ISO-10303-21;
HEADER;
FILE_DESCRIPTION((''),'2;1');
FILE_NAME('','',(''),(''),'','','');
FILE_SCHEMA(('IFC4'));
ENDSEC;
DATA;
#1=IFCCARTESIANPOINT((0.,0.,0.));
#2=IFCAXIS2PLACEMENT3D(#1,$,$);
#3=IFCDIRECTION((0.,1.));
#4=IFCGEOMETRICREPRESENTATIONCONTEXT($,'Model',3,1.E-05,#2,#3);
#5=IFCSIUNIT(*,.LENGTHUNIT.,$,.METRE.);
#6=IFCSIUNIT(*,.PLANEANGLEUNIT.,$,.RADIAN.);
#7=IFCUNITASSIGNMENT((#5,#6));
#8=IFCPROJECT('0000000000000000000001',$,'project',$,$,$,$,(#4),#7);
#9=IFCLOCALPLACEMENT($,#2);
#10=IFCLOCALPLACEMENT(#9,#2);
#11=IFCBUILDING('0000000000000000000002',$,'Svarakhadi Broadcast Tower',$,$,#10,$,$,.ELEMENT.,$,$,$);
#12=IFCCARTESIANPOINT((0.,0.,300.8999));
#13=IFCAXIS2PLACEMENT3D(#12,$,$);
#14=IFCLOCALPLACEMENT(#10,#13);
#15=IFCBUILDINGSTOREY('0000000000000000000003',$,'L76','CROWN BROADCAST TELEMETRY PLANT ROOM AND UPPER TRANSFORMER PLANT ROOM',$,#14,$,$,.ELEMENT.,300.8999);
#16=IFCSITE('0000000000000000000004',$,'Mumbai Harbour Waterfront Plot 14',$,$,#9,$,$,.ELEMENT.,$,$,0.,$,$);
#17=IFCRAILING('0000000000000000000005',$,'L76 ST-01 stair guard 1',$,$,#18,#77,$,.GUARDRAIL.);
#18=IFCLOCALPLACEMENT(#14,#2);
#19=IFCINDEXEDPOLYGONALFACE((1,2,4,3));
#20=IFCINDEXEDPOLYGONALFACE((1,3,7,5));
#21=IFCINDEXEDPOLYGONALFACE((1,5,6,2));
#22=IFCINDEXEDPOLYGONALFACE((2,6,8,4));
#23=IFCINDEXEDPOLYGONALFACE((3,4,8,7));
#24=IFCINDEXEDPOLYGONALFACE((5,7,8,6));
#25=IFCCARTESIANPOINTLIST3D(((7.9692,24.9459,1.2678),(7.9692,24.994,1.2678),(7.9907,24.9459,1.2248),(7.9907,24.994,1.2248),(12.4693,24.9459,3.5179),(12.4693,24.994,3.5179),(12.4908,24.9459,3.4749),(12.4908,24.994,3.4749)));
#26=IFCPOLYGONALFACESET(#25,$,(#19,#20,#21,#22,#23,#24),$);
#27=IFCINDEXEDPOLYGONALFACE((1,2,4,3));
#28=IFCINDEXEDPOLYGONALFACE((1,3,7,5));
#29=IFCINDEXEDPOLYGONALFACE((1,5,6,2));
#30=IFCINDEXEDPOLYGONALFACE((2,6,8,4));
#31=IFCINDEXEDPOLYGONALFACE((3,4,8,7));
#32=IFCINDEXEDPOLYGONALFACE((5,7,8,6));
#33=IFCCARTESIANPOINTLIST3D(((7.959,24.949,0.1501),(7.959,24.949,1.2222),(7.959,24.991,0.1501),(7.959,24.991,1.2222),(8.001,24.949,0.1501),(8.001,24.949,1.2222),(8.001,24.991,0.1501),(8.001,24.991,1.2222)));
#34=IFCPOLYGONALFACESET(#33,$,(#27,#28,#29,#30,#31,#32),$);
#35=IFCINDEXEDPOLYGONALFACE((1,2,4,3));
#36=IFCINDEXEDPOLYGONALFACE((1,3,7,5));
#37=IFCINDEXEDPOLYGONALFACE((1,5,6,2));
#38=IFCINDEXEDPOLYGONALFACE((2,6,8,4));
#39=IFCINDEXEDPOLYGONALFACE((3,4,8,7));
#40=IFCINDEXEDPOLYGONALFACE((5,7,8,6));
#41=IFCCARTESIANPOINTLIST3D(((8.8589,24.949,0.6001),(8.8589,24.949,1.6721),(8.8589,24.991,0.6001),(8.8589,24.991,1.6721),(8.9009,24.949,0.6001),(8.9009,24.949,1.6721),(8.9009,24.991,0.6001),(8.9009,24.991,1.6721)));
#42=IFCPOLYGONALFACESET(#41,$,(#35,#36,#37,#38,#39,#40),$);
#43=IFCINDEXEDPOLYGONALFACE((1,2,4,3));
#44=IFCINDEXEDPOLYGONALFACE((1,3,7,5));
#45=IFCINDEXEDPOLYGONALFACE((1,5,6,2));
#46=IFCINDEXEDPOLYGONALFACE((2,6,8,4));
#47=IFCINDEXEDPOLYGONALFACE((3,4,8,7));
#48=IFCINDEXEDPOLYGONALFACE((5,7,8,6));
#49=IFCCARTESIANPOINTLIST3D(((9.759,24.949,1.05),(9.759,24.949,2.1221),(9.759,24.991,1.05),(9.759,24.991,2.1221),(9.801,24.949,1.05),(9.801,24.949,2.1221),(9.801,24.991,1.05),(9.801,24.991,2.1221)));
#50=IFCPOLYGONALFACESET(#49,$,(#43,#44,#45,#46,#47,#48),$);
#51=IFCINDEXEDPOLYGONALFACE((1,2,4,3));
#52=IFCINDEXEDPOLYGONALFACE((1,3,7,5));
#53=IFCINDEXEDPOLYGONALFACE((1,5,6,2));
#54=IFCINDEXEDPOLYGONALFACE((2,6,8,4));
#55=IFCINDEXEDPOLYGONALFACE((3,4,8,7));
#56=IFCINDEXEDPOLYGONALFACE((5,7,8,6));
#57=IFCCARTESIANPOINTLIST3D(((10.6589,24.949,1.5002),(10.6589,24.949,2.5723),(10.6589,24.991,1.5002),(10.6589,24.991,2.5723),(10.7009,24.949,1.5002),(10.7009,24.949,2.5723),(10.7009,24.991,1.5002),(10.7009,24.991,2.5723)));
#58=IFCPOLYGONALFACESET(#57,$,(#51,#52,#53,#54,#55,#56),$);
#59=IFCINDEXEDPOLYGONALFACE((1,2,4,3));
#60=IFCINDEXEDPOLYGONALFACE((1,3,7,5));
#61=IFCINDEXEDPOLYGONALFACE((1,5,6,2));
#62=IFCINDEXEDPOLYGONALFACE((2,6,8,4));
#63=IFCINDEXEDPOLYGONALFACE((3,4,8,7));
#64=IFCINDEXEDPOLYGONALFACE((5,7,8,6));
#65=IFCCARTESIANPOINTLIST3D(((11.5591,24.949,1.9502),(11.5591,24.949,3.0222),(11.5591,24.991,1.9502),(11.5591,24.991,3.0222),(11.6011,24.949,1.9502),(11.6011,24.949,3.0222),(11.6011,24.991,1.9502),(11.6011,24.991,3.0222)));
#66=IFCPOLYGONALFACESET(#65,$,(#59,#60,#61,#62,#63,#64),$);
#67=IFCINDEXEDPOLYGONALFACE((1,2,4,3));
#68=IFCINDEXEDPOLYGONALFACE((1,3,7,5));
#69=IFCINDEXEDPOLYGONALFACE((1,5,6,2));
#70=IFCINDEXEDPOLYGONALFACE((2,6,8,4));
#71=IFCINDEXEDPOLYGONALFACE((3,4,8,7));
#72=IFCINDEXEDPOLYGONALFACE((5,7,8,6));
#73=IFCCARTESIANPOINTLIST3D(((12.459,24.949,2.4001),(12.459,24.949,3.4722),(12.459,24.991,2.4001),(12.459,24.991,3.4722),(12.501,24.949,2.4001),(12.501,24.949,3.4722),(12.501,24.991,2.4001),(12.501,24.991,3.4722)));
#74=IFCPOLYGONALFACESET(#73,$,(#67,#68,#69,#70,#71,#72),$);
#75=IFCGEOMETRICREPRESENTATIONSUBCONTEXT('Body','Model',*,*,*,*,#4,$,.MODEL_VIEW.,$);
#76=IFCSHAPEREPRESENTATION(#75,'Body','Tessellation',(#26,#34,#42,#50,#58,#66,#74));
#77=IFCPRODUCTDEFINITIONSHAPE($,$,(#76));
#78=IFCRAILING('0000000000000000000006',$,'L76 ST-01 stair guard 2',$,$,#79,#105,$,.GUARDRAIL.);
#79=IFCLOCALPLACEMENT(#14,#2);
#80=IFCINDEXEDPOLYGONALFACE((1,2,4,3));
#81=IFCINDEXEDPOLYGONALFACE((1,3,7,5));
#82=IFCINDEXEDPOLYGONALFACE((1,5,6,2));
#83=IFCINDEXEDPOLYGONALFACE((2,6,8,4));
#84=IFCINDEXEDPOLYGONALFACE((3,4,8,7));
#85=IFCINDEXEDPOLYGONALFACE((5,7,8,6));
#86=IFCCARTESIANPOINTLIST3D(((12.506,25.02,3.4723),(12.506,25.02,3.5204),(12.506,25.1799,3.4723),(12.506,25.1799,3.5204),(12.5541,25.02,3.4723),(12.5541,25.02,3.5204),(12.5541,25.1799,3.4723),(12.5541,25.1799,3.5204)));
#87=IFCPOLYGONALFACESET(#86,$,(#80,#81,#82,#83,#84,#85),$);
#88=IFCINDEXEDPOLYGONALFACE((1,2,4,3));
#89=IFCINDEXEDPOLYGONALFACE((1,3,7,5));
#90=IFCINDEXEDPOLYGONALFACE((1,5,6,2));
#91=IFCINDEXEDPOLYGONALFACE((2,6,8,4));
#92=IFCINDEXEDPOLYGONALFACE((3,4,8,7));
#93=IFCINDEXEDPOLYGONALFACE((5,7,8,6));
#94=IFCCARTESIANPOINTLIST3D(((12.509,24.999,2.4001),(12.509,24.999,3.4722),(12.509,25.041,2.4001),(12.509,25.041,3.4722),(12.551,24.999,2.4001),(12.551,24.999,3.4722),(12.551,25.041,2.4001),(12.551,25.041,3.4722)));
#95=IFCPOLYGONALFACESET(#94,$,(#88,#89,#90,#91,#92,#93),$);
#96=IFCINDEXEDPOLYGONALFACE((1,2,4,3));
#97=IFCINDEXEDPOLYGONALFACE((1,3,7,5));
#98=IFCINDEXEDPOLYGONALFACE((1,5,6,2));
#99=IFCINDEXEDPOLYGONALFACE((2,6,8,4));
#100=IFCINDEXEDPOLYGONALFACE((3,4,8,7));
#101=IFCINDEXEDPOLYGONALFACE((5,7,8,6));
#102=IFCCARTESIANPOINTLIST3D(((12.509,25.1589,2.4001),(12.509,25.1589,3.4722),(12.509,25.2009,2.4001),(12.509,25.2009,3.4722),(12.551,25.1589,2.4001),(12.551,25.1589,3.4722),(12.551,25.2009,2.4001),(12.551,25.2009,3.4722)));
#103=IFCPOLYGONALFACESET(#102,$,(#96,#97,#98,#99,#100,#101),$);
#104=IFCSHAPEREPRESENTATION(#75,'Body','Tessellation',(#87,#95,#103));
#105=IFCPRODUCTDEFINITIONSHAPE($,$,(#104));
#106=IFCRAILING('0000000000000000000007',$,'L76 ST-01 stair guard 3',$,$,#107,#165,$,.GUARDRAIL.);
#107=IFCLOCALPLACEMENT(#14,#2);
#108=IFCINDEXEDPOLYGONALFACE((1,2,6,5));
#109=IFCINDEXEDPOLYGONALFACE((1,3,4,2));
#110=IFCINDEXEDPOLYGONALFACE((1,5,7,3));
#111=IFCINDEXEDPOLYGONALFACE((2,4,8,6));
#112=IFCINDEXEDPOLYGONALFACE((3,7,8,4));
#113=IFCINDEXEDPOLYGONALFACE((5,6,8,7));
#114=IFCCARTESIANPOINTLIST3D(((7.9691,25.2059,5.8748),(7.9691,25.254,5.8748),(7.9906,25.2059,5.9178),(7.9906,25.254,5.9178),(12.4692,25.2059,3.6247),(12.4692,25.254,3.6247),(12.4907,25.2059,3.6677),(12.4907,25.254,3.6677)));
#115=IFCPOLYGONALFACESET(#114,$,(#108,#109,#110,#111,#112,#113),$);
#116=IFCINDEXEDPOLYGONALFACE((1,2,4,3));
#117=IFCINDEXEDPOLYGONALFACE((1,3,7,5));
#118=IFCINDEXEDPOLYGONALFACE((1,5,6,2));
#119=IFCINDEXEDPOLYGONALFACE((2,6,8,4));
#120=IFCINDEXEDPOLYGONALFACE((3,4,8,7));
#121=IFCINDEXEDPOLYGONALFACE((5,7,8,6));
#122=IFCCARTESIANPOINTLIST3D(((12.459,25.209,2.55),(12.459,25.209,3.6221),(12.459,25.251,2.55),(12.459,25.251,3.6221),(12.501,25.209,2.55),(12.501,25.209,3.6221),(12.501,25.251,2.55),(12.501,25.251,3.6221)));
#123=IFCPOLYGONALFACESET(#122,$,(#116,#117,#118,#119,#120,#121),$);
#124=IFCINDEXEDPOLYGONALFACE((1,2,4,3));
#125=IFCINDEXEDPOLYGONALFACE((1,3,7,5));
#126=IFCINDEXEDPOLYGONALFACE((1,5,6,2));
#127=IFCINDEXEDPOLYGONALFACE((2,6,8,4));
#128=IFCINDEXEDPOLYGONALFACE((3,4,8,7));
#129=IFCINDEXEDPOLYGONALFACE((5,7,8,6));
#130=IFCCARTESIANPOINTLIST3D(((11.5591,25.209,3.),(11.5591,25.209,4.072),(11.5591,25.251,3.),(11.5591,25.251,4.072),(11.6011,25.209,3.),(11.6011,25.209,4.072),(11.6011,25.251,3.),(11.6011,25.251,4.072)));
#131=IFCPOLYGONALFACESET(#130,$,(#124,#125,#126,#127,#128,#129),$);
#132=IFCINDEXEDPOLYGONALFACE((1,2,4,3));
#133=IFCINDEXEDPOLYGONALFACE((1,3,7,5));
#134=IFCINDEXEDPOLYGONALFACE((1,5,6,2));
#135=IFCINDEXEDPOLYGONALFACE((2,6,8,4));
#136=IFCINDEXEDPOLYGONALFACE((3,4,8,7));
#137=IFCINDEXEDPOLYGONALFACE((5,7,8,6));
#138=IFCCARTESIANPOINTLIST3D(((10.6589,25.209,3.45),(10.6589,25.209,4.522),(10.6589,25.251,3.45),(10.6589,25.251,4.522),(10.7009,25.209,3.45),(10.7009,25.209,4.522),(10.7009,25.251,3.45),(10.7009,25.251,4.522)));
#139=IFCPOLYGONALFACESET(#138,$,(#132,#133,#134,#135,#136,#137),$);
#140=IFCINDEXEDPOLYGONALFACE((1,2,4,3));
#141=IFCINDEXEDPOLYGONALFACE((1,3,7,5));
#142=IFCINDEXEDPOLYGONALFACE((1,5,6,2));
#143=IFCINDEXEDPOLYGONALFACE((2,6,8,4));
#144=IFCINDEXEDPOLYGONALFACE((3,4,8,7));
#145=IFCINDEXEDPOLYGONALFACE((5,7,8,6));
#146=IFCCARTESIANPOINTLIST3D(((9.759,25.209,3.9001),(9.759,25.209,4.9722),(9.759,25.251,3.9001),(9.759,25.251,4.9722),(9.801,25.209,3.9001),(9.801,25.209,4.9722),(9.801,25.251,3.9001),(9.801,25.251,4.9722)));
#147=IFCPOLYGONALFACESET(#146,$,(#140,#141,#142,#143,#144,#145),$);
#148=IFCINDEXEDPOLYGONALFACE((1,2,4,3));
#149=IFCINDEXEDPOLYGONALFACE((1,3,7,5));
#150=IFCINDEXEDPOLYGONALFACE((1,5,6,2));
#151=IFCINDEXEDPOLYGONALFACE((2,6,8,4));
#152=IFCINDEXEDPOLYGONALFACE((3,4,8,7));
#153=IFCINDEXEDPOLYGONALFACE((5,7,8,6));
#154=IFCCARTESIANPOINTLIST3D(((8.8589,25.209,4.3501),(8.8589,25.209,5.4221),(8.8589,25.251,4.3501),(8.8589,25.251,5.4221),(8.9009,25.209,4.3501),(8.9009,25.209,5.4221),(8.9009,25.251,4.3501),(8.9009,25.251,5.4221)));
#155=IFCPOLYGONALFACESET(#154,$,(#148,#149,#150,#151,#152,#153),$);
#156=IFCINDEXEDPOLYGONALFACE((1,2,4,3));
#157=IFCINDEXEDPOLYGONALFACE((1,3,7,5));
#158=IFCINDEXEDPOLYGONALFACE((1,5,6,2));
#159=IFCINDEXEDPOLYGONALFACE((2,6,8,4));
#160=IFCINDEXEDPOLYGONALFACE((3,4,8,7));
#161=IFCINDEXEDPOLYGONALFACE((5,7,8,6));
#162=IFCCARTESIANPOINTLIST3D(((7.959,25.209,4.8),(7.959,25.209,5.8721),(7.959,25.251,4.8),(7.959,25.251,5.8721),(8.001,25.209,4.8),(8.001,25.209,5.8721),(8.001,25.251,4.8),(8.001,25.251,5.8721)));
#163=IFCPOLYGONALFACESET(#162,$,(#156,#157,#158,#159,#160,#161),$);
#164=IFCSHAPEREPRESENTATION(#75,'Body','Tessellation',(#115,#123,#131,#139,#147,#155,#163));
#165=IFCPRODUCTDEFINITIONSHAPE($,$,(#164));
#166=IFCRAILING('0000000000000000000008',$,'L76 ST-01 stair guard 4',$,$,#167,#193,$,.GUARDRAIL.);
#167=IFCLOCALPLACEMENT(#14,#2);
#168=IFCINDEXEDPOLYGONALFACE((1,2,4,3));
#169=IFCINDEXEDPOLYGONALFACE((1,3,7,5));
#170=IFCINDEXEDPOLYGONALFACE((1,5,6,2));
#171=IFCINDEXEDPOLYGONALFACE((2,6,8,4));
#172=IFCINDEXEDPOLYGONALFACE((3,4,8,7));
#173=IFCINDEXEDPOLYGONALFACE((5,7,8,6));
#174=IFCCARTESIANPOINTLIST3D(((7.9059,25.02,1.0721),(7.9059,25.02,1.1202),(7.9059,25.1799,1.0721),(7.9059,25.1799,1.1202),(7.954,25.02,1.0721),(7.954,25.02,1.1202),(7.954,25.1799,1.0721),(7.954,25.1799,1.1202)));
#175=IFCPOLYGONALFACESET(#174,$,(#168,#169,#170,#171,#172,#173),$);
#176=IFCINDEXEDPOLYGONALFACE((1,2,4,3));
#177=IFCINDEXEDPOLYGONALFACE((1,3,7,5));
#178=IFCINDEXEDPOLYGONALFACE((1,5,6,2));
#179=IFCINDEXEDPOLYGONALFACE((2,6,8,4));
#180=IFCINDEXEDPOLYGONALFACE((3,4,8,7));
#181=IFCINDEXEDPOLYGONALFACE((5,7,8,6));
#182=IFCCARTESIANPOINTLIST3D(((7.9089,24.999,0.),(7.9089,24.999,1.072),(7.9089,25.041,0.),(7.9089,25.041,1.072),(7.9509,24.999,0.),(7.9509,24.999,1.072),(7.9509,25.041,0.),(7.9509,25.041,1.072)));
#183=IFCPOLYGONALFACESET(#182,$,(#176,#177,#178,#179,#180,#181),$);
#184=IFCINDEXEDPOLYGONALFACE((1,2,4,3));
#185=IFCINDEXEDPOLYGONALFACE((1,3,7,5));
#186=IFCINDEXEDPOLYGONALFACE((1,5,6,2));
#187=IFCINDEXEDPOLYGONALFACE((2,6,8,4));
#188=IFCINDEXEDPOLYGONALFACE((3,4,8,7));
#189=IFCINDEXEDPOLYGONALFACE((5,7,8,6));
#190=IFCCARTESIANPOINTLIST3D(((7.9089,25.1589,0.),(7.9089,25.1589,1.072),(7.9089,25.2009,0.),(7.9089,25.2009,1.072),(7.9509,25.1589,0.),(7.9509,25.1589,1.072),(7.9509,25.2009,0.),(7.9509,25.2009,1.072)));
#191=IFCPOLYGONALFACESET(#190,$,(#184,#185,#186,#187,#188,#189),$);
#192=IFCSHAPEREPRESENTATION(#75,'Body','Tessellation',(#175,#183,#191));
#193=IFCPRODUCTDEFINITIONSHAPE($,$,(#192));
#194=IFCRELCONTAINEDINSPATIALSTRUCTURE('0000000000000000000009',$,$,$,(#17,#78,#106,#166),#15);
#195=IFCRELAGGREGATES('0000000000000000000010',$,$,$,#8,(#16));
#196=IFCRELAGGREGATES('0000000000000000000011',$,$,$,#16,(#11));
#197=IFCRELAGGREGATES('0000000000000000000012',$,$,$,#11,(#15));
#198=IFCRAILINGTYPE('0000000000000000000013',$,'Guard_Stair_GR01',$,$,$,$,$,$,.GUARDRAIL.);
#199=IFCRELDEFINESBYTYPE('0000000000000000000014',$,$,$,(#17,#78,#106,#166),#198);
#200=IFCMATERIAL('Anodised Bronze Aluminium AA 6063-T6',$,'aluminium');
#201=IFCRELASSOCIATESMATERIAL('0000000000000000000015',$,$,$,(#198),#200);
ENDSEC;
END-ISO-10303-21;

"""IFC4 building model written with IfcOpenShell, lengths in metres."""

from ifc_helpers import new_model, si_unit, direction, frame, origin, origin_2d, place, context, subcontext, project, spatial, rectangle, extrude, material, type_object, element, save


model = new_model("IFC4")

# Units and contexts
model_context = context("Model", 3, precision=1e-05, world=origin(), true_north=direction((0.0, 1.0)))
body_context = subcontext(model_context, "Body", "Model", "MODEL_VIEW")
ifc_project = project(units=[si_unit("LENGTHUNIT", "METRE"), si_unit("PLANEANGLEUNIT", "RADIAN")], contexts=[model_context])

# Site, building, storey
site_placement = place(None, origin())
site = spatial("IfcSite", under=ifc_project, at=site_placement, Name="Mumbai Harbour Waterfront Plot 14", CompositionType="ELEMENT", RefElevation=0.0)
building_placement = place(site_placement, origin())
building = spatial("IfcBuilding", under=site, at=building_placement, Name="Svarakhadi Broadcast Tower", CompositionType="ELEMENT")
storey_placement = place(building_placement, frame((0.0, 0.0, 300.8999)))
storey = spatial("IfcBuildingStorey", under=building, at=storey_placement, Name="L76", Description="CROWN BROADCAST TELEMETRY PLANT ROOM AND UPPER TRANSFORMER PLANT ROOM", CompositionType="ELEMENT", Elevation=300.8999)

# Railings
ifc_material_1 = material(Name="Anodised Bronze Aluminium AA 6063-T6", Category="aluminium")
railing_type_1 = type_object("IfcRailingType", Name="Guard_Stair_GR01", PredefinedType="GUARDRAIL", material=ifc_material_1)
railing_1_placement = place(storey_placement, frame((7.98, 24.97, 0.1501)))
element("IfcRailing", 1, at=railing_1_placement, inside=storey, type_object=railing_type_1, Name="L76 ST-01 stair guard 1", PredefinedType="GUARDRAIL", context=body_context, shape_type="SweptSolid", body=[
    extrude(rectangle(XDim=0.0481, YDim=0.0481, at=origin_2d()), frame((0.0, 0.0, 1.0962), z_axis=(0.894427, 0.0, 0.447214), x_axis=(0.0, 1.0, 0.0)), (0.0, 0.0, 1.0), 5.0312),
    extrude(rectangle(XDim=0.042, YDim=0.042, at=origin_2d()), origin(), (0.0, 0.0, 1.0), 1.072),
    extrude(rectangle(XDim=0.042, YDim=0.042, at=origin_2d()), frame((0.8999, 0.0, 0.45)), (0.0, 0.0, 1.0), 1.072),
    extrude(rectangle(XDim=0.042, YDim=0.042, at=origin_2d()), frame((1.8, 0.0, 0.8999)), (0.0, 0.0, 1.0), 1.072),
    extrude(rectangle(XDim=0.042, YDim=0.042, at=origin_2d()), frame((2.7, 0.0, 1.3501)), (0.0, 0.0, 1.0), 1.072),
    extrude(rectangle(XDim=0.042, YDim=0.042, at=origin_2d()), frame((3.6001, 0.0, 1.8)), (0.0, 0.0, 1.0), 1.072),
    extrude(rectangle(XDim=0.042, YDim=0.042, at=origin_2d()), frame((4.5, 0.0, 2.25)), (0.0, 0.0, 1.0), 1.072),
])
railing_2_placement = place(storey_placement, frame((12.53, 25.02, 2.4001)))
element("IfcRailing", 2, at=railing_2_placement, inside=storey, type_object=railing_type_1, Name="L76 ST-01 stair guard 2", PredefinedType="GUARDRAIL", context=body_context, shape_type="SweptSolid", body=[
    extrude(rectangle(XDim=0.0481, YDim=0.0481, at=origin_2d()), frame((0.0, 0.0, 1.0962), z_axis=(0.0, 1.0, 0.0), x_axis=(-1.0, 0.0, 0.0)), (0.0, 0.0, 1.0), 0.1599),
    extrude(rectangle(XDim=0.042, YDim=0.042, at=origin_2d()), origin(), (0.0, 0.0, 1.0), 1.072),
    extrude(rectangle(XDim=0.042, YDim=0.042, at=origin_2d()), frame((0.0, 0.1599, 0.0)), (0.0, 0.0, 1.0), 1.072),
])
railing_3_placement = place(storey_placement, frame((12.48, 25.23, 2.55)))
element("IfcRailing", 3, at=railing_3_placement, inside=storey, type_object=railing_type_1, Name="L76 ST-01 stair guard 3", PredefinedType="GUARDRAIL", context=body_context, shape_type="SweptSolid", body=[
    extrude(rectangle(XDim=0.0481, YDim=0.0481, at=origin_2d()), frame((0.0, 0.0, 1.0962), z_axis=(-0.894427, 0.0, 0.447214), x_axis=(0.0, -1.0, 0.0)), (0.0, 0.0, 1.0), 5.0312),
    extrude(rectangle(XDim=0.042, YDim=0.042, at=origin_2d()), origin(), (0.0, 0.0, 1.0), 1.072),
    extrude(rectangle(XDim=0.042, YDim=0.042, at=origin_2d()), frame((-0.8999, 0.0, 0.45)), (0.0, 0.0, 1.0), 1.072),
    extrude(rectangle(XDim=0.042, YDim=0.042, at=origin_2d()), frame((-1.8, 0.0, 0.8999)), (0.0, 0.0, 1.0), 1.072),
    extrude(rectangle(XDim=0.042, YDim=0.042, at=origin_2d()), frame((-2.7, 0.0, 1.3501)), (0.0, 0.0, 1.0), 1.072),
    extrude(rectangle(XDim=0.042, YDim=0.042, at=origin_2d()), frame((-3.6001, 0.0, 1.8)), (0.0, 0.0, 1.0), 1.072),
    extrude(rectangle(XDim=0.042, YDim=0.042, at=origin_2d()), frame((-4.5, 0.0, 2.25)), (0.0, 0.0, 1.0), 1.072),
])
railing_4_placement = place(storey_placement, frame((7.9299, 25.02, 0.0)))
element("IfcRailing", 4, at=railing_4_placement, inside=storey, type_object=railing_type_1, Name="L76 ST-01 stair guard 4", PredefinedType="GUARDRAIL", context=body_context, shape_type="SweptSolid", body=[
    extrude(rectangle(XDim=0.0481, YDim=0.0481, at=origin_2d()), frame((0.0, 0.0, 1.0962), z_axis=(0.0, 1.0, 0.0), x_axis=(-1.0, 0.0, 0.0)), (0.0, 0.0, 1.0), 0.1599),
    extrude(rectangle(XDim=0.042, YDim=0.042, at=origin_2d()), origin(), (0.0, 0.0, 1.0), 1.072),
    extrude(rectangle(XDim=0.042, YDim=0.042, at=origin_2d()), frame((0.0, 0.1599, 0.0)), (0.0, 0.0, 1.0), 1.072),
])

save(model, "model.ifc")
